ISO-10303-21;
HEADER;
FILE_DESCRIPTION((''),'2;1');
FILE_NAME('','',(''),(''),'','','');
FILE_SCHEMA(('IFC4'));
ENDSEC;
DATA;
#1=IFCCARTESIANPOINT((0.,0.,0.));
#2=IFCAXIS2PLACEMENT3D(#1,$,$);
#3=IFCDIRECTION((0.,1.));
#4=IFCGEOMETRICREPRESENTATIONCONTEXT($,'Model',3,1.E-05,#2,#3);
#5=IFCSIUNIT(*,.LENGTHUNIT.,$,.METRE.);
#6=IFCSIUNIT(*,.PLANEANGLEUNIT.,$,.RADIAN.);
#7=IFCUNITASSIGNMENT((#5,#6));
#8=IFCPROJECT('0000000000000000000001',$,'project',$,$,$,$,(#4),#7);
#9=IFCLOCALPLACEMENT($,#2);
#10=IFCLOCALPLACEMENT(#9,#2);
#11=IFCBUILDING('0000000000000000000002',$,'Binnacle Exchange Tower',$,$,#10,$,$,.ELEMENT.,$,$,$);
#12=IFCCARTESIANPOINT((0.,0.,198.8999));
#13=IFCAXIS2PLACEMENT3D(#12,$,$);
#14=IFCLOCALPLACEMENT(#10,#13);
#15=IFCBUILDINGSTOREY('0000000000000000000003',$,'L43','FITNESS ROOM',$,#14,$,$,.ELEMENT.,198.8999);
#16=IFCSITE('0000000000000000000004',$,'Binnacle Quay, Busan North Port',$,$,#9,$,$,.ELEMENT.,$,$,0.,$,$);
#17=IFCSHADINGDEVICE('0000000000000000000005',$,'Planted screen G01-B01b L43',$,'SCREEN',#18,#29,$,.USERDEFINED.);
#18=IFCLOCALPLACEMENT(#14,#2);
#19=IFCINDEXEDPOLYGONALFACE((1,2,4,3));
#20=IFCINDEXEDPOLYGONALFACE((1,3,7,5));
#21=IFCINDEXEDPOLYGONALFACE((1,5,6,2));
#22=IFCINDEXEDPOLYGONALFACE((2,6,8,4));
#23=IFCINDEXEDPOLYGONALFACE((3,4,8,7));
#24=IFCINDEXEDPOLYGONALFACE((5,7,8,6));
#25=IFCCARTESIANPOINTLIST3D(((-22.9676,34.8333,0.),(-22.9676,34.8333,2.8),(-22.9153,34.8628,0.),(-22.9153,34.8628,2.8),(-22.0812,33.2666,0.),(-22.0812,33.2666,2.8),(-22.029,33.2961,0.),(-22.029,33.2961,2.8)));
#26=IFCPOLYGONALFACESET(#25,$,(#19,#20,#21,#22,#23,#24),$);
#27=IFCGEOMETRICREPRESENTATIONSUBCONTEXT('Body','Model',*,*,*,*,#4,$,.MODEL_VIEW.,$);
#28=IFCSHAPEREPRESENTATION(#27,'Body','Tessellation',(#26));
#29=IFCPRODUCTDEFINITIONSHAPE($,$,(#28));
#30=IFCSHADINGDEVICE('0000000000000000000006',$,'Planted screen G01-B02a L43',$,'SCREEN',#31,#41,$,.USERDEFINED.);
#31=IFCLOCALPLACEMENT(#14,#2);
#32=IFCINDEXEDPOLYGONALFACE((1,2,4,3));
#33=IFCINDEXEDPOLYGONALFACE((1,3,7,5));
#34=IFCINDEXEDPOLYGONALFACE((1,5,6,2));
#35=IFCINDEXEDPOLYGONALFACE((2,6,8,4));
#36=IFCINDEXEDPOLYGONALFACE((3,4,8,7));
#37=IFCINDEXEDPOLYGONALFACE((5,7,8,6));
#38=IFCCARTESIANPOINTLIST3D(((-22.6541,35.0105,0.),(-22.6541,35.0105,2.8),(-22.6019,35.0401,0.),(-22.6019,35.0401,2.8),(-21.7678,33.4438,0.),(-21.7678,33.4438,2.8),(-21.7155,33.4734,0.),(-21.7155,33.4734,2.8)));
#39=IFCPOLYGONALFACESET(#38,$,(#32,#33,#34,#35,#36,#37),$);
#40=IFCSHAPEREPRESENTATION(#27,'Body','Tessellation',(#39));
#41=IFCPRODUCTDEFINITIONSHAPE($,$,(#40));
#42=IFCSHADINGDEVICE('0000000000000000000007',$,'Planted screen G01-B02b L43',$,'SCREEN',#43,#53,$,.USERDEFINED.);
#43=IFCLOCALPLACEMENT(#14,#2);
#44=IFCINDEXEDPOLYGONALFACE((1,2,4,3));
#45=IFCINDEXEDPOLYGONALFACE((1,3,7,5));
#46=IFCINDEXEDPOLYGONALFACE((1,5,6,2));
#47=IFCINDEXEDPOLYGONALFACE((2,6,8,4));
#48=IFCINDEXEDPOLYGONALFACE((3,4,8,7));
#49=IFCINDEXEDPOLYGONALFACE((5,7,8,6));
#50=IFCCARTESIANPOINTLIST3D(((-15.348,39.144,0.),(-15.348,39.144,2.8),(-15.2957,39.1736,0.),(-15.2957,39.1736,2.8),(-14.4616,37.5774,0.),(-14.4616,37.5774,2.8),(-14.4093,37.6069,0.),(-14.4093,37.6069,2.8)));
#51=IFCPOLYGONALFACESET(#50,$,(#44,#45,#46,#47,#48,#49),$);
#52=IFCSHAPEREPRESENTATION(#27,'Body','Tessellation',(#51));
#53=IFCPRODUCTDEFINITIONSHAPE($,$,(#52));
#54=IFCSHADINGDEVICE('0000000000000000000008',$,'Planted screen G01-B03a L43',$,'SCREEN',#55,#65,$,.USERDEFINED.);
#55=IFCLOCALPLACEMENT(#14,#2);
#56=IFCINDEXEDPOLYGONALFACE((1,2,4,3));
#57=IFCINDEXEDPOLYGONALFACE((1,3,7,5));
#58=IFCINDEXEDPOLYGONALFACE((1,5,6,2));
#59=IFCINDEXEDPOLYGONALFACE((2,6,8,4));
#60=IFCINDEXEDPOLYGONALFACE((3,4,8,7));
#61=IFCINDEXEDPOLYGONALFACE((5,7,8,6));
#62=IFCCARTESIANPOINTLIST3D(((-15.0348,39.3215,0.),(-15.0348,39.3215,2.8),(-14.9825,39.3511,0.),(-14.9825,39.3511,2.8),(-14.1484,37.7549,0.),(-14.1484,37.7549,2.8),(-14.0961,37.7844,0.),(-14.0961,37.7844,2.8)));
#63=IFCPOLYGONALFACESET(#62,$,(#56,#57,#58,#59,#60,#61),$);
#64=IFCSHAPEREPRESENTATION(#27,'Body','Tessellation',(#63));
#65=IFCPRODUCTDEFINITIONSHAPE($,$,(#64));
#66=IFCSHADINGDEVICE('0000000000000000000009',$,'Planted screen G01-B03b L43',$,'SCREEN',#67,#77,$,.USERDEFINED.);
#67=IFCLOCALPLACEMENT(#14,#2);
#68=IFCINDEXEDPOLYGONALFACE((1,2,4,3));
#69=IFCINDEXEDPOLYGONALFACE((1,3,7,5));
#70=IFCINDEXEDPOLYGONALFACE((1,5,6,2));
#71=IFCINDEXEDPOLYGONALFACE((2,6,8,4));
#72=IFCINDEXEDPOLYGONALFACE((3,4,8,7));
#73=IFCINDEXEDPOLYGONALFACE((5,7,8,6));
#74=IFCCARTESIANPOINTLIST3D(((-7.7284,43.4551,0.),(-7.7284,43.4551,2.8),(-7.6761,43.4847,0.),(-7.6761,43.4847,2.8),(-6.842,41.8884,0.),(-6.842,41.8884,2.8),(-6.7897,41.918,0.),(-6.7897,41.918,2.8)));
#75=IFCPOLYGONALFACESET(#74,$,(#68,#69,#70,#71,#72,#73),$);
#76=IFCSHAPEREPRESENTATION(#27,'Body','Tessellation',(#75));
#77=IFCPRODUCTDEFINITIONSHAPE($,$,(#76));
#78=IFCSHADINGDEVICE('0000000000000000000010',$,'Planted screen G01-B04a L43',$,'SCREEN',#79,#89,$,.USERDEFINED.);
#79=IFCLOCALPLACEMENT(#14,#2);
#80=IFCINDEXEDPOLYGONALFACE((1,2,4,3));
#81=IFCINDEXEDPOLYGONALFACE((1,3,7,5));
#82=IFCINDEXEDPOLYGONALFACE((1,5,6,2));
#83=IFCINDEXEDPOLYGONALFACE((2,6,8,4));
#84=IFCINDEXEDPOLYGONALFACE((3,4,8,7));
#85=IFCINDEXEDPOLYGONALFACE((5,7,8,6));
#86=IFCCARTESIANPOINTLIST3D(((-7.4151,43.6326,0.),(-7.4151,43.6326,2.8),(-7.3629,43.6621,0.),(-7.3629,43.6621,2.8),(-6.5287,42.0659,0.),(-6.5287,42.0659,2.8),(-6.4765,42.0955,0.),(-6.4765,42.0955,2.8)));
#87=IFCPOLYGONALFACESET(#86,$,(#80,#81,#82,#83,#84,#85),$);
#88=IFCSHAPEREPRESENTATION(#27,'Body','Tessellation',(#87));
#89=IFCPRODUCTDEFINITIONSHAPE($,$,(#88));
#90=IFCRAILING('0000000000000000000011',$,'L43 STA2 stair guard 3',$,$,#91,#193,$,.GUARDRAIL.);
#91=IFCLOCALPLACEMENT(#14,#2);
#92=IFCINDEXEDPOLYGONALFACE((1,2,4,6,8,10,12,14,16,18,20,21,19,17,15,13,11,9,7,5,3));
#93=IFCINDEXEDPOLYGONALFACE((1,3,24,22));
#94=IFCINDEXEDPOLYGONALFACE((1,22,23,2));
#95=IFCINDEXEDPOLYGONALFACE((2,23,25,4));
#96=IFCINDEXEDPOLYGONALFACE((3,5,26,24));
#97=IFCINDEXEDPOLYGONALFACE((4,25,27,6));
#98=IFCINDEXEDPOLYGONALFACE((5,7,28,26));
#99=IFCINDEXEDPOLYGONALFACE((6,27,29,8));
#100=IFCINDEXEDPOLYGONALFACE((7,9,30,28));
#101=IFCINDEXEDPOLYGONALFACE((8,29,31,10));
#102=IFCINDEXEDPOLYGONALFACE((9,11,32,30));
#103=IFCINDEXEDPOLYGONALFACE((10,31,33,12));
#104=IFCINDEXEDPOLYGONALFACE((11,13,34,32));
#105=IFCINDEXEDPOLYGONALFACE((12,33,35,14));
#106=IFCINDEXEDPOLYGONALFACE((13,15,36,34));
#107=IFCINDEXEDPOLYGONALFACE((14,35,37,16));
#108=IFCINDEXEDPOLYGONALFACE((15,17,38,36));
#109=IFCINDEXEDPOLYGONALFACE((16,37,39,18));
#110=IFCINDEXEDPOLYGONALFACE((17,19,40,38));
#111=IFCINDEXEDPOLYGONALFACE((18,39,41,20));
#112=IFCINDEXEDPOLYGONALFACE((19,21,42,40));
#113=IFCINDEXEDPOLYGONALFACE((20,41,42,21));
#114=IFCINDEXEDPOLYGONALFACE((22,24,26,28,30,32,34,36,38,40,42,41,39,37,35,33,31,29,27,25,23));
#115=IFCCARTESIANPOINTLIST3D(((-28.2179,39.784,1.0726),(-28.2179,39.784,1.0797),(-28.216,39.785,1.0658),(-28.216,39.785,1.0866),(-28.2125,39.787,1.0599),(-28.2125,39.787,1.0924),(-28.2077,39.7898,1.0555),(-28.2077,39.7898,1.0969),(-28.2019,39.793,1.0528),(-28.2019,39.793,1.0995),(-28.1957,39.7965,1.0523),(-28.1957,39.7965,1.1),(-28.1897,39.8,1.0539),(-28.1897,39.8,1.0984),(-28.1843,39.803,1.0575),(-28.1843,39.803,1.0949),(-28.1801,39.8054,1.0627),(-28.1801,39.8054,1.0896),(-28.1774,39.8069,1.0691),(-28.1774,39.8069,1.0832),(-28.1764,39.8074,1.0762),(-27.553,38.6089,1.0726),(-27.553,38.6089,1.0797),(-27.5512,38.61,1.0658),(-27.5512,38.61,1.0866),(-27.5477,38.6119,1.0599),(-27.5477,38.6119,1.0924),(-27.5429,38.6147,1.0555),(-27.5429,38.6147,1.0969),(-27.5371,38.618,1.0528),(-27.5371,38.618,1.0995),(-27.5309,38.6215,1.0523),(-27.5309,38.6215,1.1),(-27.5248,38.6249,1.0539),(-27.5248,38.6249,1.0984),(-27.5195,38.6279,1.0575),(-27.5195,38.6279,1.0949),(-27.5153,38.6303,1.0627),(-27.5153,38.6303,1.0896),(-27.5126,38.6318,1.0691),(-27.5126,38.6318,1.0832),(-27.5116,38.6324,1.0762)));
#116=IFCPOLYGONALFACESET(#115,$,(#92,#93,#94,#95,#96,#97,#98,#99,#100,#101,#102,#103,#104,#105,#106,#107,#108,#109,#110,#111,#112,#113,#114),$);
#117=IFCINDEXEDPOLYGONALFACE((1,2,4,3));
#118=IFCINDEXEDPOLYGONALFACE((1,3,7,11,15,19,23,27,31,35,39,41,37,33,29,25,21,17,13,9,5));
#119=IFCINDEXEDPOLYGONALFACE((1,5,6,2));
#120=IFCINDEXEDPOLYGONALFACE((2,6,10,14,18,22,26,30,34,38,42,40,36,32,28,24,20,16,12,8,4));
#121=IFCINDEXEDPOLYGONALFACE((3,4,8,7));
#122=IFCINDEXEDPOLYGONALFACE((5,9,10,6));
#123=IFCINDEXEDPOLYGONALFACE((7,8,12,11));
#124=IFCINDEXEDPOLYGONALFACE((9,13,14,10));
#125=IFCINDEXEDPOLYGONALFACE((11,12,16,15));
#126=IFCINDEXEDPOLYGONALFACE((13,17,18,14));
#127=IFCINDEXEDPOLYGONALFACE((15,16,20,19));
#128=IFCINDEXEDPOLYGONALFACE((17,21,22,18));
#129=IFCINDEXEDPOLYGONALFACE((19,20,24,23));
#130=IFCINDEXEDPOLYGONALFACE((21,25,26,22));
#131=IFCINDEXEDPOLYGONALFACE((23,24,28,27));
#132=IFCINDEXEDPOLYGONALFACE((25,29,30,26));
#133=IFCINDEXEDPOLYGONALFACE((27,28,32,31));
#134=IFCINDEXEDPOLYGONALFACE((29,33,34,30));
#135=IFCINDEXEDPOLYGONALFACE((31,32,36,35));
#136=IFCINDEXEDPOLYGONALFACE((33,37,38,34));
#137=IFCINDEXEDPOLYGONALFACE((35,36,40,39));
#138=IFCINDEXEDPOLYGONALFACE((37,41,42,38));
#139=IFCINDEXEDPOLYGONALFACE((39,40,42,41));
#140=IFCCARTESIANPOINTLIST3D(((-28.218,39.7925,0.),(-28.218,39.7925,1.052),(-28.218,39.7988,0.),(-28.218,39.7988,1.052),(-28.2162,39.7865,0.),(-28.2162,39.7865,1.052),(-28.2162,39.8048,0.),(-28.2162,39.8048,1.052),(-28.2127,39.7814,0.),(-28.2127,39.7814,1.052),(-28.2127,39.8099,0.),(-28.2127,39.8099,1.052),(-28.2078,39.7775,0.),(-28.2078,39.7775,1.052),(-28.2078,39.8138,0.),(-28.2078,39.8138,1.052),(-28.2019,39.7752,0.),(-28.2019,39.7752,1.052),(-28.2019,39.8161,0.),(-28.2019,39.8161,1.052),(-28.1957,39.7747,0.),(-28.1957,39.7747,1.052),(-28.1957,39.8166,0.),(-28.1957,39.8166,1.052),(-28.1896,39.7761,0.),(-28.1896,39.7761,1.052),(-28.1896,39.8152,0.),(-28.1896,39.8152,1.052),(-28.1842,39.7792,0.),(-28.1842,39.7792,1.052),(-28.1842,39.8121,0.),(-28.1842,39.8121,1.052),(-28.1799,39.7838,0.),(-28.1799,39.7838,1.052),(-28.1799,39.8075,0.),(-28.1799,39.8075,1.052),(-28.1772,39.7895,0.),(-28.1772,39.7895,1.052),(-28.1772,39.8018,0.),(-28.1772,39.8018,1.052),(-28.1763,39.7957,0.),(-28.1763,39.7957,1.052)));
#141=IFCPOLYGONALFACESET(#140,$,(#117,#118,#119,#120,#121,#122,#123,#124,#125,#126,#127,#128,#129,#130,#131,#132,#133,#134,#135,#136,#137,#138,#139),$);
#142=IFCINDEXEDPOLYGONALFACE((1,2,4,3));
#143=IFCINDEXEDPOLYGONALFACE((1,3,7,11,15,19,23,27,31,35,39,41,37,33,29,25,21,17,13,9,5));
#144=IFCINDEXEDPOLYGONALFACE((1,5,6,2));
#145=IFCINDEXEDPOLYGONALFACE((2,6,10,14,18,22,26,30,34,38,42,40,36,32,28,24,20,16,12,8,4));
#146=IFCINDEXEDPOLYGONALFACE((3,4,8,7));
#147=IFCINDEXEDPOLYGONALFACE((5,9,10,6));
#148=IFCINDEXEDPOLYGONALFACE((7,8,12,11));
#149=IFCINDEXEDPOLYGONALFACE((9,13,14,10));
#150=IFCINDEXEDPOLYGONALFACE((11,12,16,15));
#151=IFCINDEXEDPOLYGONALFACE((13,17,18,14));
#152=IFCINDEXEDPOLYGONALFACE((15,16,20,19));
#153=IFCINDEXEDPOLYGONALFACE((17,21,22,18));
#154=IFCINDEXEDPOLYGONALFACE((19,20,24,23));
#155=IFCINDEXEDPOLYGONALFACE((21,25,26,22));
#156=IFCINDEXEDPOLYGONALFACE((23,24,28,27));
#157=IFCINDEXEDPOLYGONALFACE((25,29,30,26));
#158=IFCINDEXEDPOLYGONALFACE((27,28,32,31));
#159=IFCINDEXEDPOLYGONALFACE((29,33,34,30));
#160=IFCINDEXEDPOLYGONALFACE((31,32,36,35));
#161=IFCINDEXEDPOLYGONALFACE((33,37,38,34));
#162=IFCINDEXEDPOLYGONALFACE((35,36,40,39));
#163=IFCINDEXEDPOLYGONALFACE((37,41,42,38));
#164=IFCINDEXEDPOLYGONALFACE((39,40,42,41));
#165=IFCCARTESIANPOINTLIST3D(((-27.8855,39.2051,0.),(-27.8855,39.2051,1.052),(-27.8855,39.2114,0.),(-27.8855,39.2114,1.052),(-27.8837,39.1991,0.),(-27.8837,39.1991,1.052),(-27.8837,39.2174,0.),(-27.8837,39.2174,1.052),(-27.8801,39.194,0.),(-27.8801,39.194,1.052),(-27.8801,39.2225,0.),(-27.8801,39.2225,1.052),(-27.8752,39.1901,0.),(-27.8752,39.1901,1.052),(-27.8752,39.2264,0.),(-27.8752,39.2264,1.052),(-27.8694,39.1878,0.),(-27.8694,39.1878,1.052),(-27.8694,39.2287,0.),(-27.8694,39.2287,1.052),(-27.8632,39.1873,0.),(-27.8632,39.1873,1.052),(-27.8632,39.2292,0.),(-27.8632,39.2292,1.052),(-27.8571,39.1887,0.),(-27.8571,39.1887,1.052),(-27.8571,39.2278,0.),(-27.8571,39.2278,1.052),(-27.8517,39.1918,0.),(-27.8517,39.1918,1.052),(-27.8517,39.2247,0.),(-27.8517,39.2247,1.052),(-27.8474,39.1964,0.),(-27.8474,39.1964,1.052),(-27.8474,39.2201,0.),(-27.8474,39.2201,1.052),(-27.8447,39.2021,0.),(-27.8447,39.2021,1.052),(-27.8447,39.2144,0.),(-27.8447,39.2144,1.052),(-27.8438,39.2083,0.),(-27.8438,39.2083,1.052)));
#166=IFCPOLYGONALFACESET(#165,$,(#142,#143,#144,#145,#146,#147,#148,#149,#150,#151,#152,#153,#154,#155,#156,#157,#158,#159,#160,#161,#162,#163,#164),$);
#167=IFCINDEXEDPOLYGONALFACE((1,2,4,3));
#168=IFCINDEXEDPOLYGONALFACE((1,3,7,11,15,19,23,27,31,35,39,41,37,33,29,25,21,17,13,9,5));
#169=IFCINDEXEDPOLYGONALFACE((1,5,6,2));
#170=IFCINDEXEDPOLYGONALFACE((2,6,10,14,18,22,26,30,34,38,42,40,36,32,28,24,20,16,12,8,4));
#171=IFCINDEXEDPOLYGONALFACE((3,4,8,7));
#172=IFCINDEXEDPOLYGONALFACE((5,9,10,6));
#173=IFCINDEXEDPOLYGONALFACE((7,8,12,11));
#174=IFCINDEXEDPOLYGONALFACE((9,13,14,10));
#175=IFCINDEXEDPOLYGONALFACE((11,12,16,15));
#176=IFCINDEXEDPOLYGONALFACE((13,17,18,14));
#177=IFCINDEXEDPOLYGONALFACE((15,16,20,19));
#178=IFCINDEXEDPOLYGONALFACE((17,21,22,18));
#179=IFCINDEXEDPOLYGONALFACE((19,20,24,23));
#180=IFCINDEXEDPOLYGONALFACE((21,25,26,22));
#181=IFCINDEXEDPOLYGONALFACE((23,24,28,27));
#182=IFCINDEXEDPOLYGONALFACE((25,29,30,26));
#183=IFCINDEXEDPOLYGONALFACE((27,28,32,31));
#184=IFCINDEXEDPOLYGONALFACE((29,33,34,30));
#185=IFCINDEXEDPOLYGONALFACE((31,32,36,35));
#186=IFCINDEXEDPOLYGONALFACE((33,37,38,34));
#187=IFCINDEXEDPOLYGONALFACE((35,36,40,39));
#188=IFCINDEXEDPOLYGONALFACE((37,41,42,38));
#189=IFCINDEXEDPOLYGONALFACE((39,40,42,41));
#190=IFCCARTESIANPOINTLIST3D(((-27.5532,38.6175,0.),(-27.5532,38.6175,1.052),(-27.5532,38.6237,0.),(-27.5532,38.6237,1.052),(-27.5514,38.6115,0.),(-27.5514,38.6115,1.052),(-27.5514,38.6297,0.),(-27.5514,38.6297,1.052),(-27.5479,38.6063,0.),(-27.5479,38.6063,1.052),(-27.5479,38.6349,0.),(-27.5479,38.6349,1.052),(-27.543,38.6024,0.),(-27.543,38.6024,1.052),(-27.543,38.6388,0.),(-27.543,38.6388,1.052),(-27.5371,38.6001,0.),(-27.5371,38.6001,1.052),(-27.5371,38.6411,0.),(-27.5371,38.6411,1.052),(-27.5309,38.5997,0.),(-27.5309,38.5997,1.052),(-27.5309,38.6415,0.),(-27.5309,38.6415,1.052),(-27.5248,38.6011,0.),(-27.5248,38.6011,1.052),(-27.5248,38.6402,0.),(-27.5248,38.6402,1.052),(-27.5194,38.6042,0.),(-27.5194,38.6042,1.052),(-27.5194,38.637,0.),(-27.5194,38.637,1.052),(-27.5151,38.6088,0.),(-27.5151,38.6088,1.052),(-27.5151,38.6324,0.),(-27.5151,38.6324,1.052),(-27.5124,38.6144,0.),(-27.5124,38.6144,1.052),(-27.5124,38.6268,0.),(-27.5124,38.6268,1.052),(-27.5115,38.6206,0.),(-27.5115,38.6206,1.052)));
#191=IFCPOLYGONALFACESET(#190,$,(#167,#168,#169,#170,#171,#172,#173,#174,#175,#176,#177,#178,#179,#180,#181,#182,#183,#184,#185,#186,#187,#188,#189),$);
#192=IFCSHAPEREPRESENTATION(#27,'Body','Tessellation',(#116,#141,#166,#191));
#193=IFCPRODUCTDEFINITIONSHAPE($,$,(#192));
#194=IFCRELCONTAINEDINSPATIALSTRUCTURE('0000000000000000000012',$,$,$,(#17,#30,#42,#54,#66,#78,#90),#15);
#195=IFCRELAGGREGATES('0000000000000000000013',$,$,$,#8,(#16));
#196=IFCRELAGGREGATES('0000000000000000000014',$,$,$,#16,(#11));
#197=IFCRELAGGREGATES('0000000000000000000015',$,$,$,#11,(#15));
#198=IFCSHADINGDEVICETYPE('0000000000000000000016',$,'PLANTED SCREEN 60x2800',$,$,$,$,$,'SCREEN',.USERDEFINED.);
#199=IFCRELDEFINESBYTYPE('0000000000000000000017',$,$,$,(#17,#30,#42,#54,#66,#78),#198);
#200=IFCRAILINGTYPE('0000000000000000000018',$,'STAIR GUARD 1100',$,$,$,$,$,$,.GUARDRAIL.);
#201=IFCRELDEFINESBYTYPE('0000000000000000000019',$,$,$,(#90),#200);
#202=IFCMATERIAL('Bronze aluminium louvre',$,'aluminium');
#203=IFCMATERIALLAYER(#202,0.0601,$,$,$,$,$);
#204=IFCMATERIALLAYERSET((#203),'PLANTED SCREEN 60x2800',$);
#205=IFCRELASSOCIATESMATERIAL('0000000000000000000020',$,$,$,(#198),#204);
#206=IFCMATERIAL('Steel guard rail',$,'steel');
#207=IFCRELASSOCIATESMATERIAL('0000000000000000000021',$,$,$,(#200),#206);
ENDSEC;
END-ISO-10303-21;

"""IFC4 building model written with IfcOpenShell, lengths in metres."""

from ifc_helpers import new_model, si_unit, direction, frame, origin, origin_2d, place, context, subcontext, project, spatial, rectangle, circle, extrude, material, layer, layer_set, type_object, element, save


model = new_model("IFC4")

# Units and contexts
model_context = context("Model", 3, precision=1e-05, world=origin(), true_north=direction((0.0, 1.0)))
body_context = subcontext(model_context, "Body", "Model", "MODEL_VIEW")
ifc_project = project(units=[si_unit("LENGTHUNIT", "METRE"), si_unit("PLANEANGLEUNIT", "RADIAN")], contexts=[model_context])

# Site, building, storey
site_placement = place(None, origin())
site = spatial("IfcSite", under=ifc_project, at=site_placement, Name="Binnacle Quay, Busan North Port", CompositionType="ELEMENT", RefElevation=0.0)
building_placement = place(site_placement, origin())
building = spatial("IfcBuilding", under=site, at=building_placement, Name="Binnacle Exchange Tower", CompositionType="ELEMENT")
storey_placement = place(building_placement, frame((0.0, 0.0, 198.8999)))
storey = spatial("IfcBuildingStorey", under=building, at=storey_placement, Name="L43", Description="FITNESS ROOM", CompositionType="ELEMENT", Elevation=198.8999)

# Shading devices
ifc_material_1 = material(Name="Bronze aluminium louvre", Category="aluminium")
ifc_layer_1 = layer(ifc_material_1, 0.0601)
ifc_layer_set_1 = layer_set([ifc_layer_1], Name="PLANTED SCREEN 60x2800")
shading_device_type = type_object("IfcShadingDeviceType", Name="PLANTED SCREEN 60x2800", ElementType="SCREEN", PredefinedType="USERDEFINED", material=ifc_layer_set_1)
for number, where, z_axis, x_axis, name in (
    (1, (-22.4983, 34.0647, 0.0), (0.0, 0.0, 1.0), (0.870356, 0.492424, 0.0), "Planted screen G01-B01b L43"),
    (2, (-22.1848, 34.2419, 0.0), (0.0, 0.0, 1.0), (0.870356, 0.492424, 0.0), "Planted screen G01-B02a L43"),
    (3, (-14.8787, 38.3755, 0.0), (0.0, 0.0, 1.0), (0.870356, 0.492424, 0.0), "Planted screen G01-B02b L43"),
    (4, (-14.5654, 38.553, 0.0), (0.0, 0.0, 1.0), (0.870356, 0.492424, 0.0), "Planted screen G01-B03a L43"),
    (5, (-7.259, 42.6865, 0.0), (0.0, 0.0, 1.0), (0.870356, 0.492424, 0.0), "Planted screen G01-B03b L43"),
    (6, (-6.9458, 42.864, 0.0), (0.0, 0.0, 1.0), (0.870356, 0.492424, 0.0), "Planted screen G01-B04a L43"),
):
    element("IfcShadingDevice", number, at=place(storey_placement, frame(where, z_axis=z_axis, x_axis=x_axis)), inside=storey, type_object=shading_device_type, Name=name, ObjectType="SCREEN", PredefinedType="USERDEFINED", context=body_context, shape_type="SweptSolid", body=[
        extrude(rectangle(XDim=0.0601, YDim=1.8, at=origin_2d()), origin(), (0.0, 0.0, 1.0), 2.8),
    ])

# Railing
ifc_material_2 = material(Name="Steel guard rail", Category="steel")
railing_type_1 = type_object("IfcRailingType", Name="STAIR GUARD 1100", PredefinedType="GUARDRAIL", material=ifc_material_2)
railing_1_placement = place(storey_placement, frame((-28.1973, 39.7957, 0.0)))
element("IfcRailing", 7, at=railing_1_placement, inside=storey, type_object=railing_type_1, Name="L43 STA2 stair guard 3", PredefinedType="GUARDRAIL", context=body_context, shape_type="SweptSolid", body=[
    extrude(circle(Radius=0.0239, at=origin_2d()), frame((0.0, 0.0, 1.0762), z_axis=(0.492415, -0.870361, 0.0), x_axis=(0.870361, 0.492415, 0.0)), (0.0, 0.0, 1.0), 1.3501),
    extrude(circle(Radius=0.021, at=origin_2d()), origin(), (0.0, 0.0, 1.0), 1.052),
    extrude(circle(Radius=0.021, at=origin_2d()), frame((0.3325, -0.5874, 0.0)), (0.0, 0.0, 1.0), 1.052),
    extrude(circle(Radius=0.021, at=origin_2d()), frame((0.6648, -1.175, 0.0)), (0.0, 0.0, 1.0), 1.052),
])

save(model, "model.ifc")
